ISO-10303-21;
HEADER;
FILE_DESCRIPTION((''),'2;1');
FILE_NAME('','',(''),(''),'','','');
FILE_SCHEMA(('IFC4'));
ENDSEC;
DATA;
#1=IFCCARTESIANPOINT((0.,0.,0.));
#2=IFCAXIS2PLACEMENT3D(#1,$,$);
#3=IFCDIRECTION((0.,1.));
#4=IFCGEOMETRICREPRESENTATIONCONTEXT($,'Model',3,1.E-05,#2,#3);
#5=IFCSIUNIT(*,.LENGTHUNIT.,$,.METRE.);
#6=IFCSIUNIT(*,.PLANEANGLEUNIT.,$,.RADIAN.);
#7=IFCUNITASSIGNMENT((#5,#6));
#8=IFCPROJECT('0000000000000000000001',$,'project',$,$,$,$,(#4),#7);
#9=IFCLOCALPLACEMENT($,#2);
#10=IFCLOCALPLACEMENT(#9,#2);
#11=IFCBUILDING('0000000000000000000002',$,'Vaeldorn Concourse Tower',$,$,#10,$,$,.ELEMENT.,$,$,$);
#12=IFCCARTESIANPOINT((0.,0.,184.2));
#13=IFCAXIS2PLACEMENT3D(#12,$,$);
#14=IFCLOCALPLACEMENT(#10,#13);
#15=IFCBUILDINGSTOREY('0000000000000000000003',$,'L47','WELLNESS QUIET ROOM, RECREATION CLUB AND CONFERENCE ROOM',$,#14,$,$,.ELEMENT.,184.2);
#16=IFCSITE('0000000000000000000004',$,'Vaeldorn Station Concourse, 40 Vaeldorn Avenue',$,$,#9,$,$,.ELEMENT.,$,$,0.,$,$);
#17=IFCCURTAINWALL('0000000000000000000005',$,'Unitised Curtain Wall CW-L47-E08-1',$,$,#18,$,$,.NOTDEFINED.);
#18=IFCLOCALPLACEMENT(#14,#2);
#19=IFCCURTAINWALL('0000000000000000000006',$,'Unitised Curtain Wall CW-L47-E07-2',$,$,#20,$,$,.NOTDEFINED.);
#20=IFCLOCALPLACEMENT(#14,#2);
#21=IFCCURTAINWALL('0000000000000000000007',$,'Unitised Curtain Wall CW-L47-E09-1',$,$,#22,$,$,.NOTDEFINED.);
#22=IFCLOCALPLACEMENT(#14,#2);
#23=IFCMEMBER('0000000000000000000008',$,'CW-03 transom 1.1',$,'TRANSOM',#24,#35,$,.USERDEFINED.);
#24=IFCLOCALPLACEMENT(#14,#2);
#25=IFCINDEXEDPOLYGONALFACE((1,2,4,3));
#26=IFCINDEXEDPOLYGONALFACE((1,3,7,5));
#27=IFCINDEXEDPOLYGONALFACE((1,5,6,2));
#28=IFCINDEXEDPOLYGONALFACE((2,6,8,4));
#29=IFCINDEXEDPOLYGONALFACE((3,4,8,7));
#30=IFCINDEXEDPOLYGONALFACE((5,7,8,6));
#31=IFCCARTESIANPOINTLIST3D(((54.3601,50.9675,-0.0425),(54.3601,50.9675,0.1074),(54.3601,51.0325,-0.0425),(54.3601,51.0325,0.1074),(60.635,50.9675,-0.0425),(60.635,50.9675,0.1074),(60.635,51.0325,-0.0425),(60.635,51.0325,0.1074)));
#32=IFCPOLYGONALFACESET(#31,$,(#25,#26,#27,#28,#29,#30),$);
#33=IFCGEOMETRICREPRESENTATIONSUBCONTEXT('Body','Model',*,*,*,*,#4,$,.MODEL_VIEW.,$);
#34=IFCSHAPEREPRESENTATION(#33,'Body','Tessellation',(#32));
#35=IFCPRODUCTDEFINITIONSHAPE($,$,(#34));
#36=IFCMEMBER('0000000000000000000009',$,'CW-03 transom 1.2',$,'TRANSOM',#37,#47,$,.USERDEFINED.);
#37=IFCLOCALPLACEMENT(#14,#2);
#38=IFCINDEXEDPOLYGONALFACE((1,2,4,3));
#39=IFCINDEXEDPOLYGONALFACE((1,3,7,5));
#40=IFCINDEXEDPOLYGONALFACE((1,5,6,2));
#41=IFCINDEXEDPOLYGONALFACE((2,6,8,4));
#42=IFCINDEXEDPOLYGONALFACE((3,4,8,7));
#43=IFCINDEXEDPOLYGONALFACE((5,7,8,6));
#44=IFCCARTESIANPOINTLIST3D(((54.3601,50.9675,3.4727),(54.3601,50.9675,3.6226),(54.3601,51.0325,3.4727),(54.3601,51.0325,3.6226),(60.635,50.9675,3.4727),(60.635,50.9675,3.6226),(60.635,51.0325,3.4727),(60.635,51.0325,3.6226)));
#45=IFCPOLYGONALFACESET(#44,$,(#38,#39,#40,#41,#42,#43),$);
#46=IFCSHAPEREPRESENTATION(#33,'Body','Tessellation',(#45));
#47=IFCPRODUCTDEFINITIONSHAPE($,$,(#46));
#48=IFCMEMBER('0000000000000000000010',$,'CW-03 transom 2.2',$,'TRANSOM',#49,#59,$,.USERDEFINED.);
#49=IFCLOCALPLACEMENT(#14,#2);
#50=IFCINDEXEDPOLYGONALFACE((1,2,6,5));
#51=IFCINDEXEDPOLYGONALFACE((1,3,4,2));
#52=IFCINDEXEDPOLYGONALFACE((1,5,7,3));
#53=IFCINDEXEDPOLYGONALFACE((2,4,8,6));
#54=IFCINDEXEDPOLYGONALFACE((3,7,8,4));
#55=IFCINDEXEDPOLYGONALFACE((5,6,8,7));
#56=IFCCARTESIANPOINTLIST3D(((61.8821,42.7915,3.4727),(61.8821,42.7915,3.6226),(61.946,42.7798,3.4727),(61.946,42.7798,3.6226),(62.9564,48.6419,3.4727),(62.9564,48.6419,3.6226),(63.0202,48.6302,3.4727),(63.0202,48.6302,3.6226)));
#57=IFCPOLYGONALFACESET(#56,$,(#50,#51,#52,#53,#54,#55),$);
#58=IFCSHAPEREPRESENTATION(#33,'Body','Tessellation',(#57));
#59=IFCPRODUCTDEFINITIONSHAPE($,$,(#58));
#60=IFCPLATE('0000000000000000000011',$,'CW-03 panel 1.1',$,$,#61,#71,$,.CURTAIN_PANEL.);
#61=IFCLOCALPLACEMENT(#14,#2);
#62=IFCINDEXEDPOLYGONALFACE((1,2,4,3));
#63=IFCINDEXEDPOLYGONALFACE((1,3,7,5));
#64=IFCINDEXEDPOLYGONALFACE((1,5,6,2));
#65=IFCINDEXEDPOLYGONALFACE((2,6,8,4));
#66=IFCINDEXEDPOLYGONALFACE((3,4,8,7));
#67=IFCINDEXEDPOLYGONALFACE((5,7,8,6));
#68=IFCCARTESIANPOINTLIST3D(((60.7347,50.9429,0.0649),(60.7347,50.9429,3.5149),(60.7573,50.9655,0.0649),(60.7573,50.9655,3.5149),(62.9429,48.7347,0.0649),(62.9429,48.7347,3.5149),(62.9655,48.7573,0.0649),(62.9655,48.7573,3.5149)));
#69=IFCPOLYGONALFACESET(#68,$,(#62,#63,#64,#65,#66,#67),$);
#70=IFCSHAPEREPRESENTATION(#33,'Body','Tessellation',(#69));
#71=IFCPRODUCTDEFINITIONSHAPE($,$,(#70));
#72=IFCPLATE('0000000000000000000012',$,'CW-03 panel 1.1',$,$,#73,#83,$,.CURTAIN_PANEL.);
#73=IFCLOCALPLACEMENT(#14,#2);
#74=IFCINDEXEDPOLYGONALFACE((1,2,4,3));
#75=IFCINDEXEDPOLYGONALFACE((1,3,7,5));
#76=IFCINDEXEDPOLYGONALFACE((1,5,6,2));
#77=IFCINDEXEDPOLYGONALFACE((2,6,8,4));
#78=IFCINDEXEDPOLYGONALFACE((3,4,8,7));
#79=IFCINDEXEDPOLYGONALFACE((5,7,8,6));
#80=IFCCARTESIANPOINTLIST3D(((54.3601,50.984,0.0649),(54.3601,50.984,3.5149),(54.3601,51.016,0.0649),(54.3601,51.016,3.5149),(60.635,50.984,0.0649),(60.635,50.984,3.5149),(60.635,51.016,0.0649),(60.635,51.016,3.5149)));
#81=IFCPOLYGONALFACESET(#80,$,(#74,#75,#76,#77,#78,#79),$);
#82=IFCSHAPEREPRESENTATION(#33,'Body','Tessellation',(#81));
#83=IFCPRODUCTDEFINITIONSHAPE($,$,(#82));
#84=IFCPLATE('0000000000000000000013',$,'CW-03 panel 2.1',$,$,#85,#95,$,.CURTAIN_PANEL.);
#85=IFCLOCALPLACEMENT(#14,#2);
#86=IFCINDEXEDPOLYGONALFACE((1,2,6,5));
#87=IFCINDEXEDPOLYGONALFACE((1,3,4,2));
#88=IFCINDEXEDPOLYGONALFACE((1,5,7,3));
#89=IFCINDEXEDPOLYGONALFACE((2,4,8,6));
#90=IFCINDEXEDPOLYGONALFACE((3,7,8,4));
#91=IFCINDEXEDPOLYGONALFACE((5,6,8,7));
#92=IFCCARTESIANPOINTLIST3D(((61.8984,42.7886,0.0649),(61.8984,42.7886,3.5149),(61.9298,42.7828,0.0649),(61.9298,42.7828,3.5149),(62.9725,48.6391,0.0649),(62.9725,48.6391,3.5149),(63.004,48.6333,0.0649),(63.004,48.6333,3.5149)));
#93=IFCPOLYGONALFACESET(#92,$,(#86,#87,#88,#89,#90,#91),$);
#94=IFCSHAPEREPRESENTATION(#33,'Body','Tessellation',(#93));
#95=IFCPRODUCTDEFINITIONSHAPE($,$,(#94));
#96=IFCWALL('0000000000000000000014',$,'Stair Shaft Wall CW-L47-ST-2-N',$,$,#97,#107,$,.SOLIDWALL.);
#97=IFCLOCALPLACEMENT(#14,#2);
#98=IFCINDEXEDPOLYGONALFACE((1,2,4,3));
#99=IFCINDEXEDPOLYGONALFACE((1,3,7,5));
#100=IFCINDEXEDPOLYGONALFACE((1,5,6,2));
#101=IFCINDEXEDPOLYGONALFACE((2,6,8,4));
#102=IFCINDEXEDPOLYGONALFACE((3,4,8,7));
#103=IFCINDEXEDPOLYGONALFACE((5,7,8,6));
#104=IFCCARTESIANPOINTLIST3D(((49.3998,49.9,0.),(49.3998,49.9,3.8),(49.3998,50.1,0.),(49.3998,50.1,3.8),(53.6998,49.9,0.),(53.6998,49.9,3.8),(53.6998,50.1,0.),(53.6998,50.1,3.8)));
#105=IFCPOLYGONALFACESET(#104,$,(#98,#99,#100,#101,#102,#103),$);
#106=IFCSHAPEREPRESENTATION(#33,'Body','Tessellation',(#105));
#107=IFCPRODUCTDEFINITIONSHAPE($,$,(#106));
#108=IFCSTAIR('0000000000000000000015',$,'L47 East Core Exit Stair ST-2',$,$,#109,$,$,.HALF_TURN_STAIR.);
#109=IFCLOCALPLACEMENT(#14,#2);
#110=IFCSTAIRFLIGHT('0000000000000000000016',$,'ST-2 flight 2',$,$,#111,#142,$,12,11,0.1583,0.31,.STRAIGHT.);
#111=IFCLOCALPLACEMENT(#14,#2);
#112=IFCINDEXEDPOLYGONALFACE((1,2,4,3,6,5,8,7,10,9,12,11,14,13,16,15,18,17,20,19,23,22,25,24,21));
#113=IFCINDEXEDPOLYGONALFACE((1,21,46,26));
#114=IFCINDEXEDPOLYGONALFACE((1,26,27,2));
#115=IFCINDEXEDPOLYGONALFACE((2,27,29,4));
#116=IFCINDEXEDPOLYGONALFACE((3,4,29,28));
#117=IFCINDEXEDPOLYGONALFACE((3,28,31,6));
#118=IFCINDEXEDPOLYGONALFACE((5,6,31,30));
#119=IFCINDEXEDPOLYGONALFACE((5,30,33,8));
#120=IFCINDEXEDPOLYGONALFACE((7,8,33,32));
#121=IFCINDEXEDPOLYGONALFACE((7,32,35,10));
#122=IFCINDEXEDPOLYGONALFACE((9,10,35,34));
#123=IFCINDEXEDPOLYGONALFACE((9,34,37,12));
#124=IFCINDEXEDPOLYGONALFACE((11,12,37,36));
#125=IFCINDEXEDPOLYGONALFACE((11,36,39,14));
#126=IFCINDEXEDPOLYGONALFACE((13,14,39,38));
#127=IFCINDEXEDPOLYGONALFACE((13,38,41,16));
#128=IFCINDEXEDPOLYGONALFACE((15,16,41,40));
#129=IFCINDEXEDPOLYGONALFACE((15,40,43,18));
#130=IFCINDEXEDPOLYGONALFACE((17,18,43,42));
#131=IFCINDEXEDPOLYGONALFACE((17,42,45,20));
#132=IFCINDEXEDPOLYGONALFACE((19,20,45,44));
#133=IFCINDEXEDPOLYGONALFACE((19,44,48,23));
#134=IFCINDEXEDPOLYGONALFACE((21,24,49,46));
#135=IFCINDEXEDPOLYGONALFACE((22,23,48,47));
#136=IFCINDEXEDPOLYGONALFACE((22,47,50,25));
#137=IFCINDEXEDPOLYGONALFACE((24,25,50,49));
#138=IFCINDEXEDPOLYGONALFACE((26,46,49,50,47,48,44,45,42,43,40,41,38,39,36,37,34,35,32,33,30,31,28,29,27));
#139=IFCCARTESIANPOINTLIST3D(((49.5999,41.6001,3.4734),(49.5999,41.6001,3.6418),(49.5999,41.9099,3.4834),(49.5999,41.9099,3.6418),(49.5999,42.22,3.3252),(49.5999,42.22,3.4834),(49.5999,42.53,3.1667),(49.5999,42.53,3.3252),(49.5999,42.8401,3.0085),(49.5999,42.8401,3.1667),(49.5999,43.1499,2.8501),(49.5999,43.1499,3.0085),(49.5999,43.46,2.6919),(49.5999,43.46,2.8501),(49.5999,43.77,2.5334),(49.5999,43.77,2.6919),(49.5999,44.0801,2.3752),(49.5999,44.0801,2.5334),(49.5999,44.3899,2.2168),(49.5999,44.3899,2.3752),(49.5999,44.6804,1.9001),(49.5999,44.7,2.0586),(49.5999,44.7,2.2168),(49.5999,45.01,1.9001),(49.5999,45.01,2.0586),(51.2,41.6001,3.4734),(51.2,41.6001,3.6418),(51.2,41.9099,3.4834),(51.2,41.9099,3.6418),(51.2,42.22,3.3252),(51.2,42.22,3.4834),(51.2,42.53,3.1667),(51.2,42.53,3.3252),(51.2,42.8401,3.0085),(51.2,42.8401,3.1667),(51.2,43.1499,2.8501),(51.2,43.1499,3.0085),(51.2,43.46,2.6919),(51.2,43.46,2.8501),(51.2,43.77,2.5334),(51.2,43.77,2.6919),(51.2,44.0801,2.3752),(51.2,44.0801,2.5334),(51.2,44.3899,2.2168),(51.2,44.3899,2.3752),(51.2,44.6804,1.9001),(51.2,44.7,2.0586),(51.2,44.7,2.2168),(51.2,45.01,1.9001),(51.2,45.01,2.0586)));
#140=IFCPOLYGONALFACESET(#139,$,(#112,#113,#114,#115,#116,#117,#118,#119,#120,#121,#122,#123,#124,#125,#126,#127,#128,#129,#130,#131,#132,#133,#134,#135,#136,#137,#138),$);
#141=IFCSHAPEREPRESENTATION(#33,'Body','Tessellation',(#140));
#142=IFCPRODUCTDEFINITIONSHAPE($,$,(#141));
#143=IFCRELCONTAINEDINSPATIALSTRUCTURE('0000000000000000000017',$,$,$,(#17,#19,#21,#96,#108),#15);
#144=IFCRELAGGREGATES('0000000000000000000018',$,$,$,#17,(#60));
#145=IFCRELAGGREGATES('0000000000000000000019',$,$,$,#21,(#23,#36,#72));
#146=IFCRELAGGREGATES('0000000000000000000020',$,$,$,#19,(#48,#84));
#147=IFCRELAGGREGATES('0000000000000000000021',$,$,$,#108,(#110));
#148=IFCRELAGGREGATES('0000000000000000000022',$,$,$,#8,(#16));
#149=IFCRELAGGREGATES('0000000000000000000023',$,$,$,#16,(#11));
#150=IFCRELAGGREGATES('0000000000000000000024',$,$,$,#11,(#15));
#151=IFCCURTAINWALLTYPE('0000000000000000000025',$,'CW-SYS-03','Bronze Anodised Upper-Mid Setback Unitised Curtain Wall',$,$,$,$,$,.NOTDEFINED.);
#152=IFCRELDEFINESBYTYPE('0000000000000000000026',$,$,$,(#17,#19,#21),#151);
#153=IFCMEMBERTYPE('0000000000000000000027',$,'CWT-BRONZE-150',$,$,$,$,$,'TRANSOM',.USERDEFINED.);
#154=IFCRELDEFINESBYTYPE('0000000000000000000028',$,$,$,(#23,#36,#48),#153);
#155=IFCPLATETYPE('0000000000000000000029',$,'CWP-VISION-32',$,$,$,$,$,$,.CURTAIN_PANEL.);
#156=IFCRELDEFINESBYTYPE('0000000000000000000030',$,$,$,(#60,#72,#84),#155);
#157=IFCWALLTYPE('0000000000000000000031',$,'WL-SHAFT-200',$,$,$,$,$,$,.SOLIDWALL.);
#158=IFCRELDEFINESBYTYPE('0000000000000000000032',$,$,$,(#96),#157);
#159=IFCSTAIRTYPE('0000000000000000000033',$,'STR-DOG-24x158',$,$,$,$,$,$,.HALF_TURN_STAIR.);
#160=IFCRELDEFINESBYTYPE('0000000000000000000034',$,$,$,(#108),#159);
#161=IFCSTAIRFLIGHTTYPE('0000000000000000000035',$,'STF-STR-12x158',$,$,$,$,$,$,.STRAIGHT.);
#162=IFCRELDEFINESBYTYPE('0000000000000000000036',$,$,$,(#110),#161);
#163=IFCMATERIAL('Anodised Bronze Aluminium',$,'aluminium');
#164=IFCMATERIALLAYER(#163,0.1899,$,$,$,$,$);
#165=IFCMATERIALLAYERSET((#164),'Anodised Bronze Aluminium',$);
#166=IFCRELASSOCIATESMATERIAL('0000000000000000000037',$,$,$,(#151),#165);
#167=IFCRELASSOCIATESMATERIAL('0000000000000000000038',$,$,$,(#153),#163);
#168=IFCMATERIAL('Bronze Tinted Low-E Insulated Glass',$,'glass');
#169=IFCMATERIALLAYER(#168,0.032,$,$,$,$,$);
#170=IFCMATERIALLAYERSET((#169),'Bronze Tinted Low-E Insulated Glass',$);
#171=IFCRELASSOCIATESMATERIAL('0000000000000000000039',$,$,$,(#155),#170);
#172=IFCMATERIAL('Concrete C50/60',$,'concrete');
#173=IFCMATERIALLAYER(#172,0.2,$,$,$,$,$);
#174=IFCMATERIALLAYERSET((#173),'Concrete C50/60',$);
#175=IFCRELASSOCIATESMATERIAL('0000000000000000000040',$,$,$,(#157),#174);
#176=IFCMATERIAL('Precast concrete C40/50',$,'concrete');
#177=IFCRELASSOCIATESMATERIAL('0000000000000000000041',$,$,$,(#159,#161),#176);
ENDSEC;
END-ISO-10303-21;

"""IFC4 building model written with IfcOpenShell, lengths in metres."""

from ifc_helpers import new_model, si_unit, direction, frame, frame_2d, origin, origin_2d, place, context, subcontext, project, spatial, polyline, rectangle, outline, extrude, source, transform, mapped, material, layer, layer_set, material_profile, profile_set, type_object, element, aggregate, save


model = new_model("IFC4")

# Units and contexts
model_context = context("Model", 3, precision=1e-05, world=origin(), true_north=direction((0.0, 1.0)))
body_context = subcontext(model_context, "Body", "Model", "MODEL_VIEW")
ifc_project = project(units=[si_unit("LENGTHUNIT", "METRE"), si_unit("PLANEANGLEUNIT", "RADIAN")], contexts=[model_context])

# Site, building, storey
site_placement = place(None, origin())
site = spatial("IfcSite", under=ifc_project, at=site_placement, Name="Vaeldorn Station Concourse, 40 Vaeldorn Avenue", CompositionType="ELEMENT", RefElevation=0.0)
building_placement = place(site_placement, origin())
building = spatial("IfcBuilding", under=site, at=building_placement, Name="Vaeldorn Concourse Tower", CompositionType="ELEMENT")
storey_placement = place(building_placement, frame((0.0, 0.0, 184.2)))
storey = spatial("IfcBuildingStorey", under=building, at=storey_placement, Name="L47", Description="WELLNESS QUIET ROOM, RECREATION CLUB AND CONFERENCE ROOM", CompositionType="ELEMENT", Elevation=184.2)

# Curtain wall
ifc_material_1 = material(Name="Anodised Bronze Aluminium", Category="aluminium")
ifc_layer_1 = layer(ifc_material_1, 0.1899)
ifc_layer_set_1 = layer_set([ifc_layer_1], Name="Anodised Bronze Aluminium")
curtain_wall_type = type_object("IfcCurtainWallType", Name="CW-SYS-03", Description="Bronze Anodised Upper-Mid Setback Unitised Curtain Wall", PredefinedType="NOTDEFINED", material=ifc_layer_set_1)
curtain_wall_1_placement = place(storey_placement, origin())
curtain_wall_1 = element("IfcCurtainWall", 1, at=curtain_wall_1_placement, inside=storey, type_object=curtain_wall_type, Name="Unitised Curtain Wall CW-L47-E08-1", PredefinedType="NOTDEFINED")
ifc_material_profile_1 = material_profile(ifc_material_1, rectangle(XDim=0.0649, YDim=0.1499, at=origin_2d()), Name="CWT 65x150")
ifc_profile_set_1 = profile_set([ifc_material_profile_1], Name="Anodised Bronze Aluminium")
member_type_1 = type_object("IfcMemberType", Name="CWT-BRONZE-150", ElementType="TRANSOM", PredefinedType="USERDEFINED", material=ifc_profile_set_1)

# Curtain wall
curtain_wall_2_placement = place(storey_placement, origin())
curtain_wall_2 = element("IfcCurtainWall", 2, at=curtain_wall_2_placement, inside=storey, type_object=curtain_wall_type, Name="Unitised Curtain Wall CW-L47-E07-2", PredefinedType="NOTDEFINED")

# Curtain wall, members
curtain_wall_3_placement = place(storey_placement, origin())
curtain_wall_3 = element("IfcCurtainWall", 3, at=curtain_wall_3_placement, inside=storey, type_object=curtain_wall_type, Name="Unitised Curtain Wall CW-L47-E09-1", PredefinedType="NOTDEFINED")
shared_shape_1 = source(origin(), body_context, "Body", "SweptSolid", [
    extrude(rectangle(XDim=0.0649, YDim=0.1499, at=origin_2d()), origin(), (0.0, 0.0, 1.0), 6.2749),
])
member_1_placement = place(storey_placement, frame((60.635, 51.0, 0.0325), z_axis=(-1.0, 0.0, 0.0), x_axis=(0.0, -1.0, 0.0)))
member_1 = element("IfcMember", 4, at=member_1_placement, type_object=member_type_1, Name="CW-03 transom 1.1", ObjectType="TRANSOM", PredefinedType="USERDEFINED", context=body_context, shape_type="MappedRepresentation", body=[
    mapped(shared_shape_1, transform((0.0, 0.0, 0.0), scale=1.0)),
])
member_2_placement = place(storey_placement, frame((60.635, 51.0, 3.5476), z_axis=(-1.0, 0.0, 0.0), x_axis=(0.0, -1.0, 0.0)))
member_2 = element("IfcMember", 5, at=member_2_placement, type_object=member_type_1, Name="CW-03 transom 1.2", ObjectType="TRANSOM", PredefinedType="USERDEFINED", context=body_context, shape_type="MappedRepresentation", body=[
    mapped(shared_shape_1, transform((0.0, 0.0, 0.0), scale=1.0)),
])

# Member
shared_shape_2 = source(origin(), body_context, "Body", "SweptSolid", [
    extrude(rectangle(XDim=0.0649, YDim=0.1499, at=origin_2d()), origin(), (0.0, 0.0, 1.0), 5.9482),
])
member_3_placement = place(storey_placement, frame((61.9141, 42.7856, 3.5476), z_axis=(0.180597, 0.983557, 0.0), x_axis=(-0.983557, 0.180597, 0.0)))
member_3 = element("IfcMember", 6, at=member_3_placement, type_object=member_type_1, Name="CW-03 transom 2.2", ObjectType="TRANSOM", PredefinedType="USERDEFINED", context=body_context, shape_type="MappedRepresentation", body=[
    mapped(shared_shape_2, transform((0.0, 0.0, 0.0), scale=1.0)),
])

# Plates
ifc_material_2 = material(Name="Bronze Tinted Low-E Insulated Glass", Category="glass")
ifc_layer_2 = layer(ifc_material_2, 0.032)
ifc_layer_set_2 = layer_set([ifc_layer_2], Name="Bronze Tinted Low-E Insulated Glass")
plate_type = type_object("IfcPlateType", Name="CWP-VISION-32", PredefinedType="CURTAIN_PANEL", material=ifc_layer_set_2)
shared_shape_3 = source(origin(), body_context, "Body", "SweptSolid", [
    extrude(rectangle(XDim=3.1228, YDim=0.032, at=origin_2d()), origin(), (0.0, 0.0, 1.0), 3.45),
])
plate_1_placement = place(storey_placement, frame((61.8501, 49.8501, 0.0649), z_axis=(0.0, 0.0, 1.0), x_axis=(-0.707107, 0.707107, 0.0)))
plate_1 = element("IfcPlate", 7, at=plate_1_placement, type_object=plate_type, Name="CW-03 panel 1.1", PredefinedType="CURTAIN_PANEL", context=body_context, shape_type="MappedRepresentation", body=[
    mapped(shared_shape_3, transform((0.0, 0.0, 0.0), scale=1.0)),
])
aggregate(curtain_wall_1, [plate_1])
shared_shape_4 = source(origin(), body_context, "Body", "SweptSolid", [
    extrude(rectangle(XDim=6.2749, YDim=0.032, at=origin_2d()), origin(), (0.0, 0.0, 1.0), 3.45),
])
plate_2_placement = place(storey_placement, frame((57.4976, 51.0, 0.0649), z_axis=(0.0, 0.0, 1.0), x_axis=(-1.0, 0.0, 0.0)))
plate_2 = element("IfcPlate", 8, at=plate_2_placement, type_object=plate_type, Name="CW-03 panel 1.1", PredefinedType="CURTAIN_PANEL", context=body_context, shape_type="MappedRepresentation", body=[
    mapped(shared_shape_4, transform((0.0, 0.0, 0.0), scale=1.0)),
])
aggregate(curtain_wall_3, [member_1, member_2, plate_2])
shared_shape_5 = source(origin(), body_context, "Body", "SweptSolid", [
    extrude(rectangle(XDim=5.9482, YDim=0.032, at=origin_2d()), origin(), (0.0, 0.0, 1.0), 3.45),
])
plate_3_placement = place(storey_placement, frame((62.4512, 45.7109, 0.0649), z_axis=(0.0, 0.0, 1.0), x_axis=(0.180585, 0.983559, 0.0)))
plate_3 = element("IfcPlate", 9, at=plate_3_placement, type_object=plate_type, Name="CW-03 panel 2.1", PredefinedType="CURTAIN_PANEL", context=body_context, shape_type="MappedRepresentation", body=[
    mapped(shared_shape_5, transform((0.0, 0.0, 0.0), scale=1.0)),
])
aggregate(curtain_wall_2, [member_3, plate_3])

# Wall
ifc_material_3 = material(Name="Concrete C50/60", Category="concrete")
ifc_layer_3 = layer(ifc_material_3, 0.2)
ifc_layer_set_3 = layer_set([ifc_layer_3], Name="Concrete C50/60")
wall_type = type_object("IfcWallType", Name="WL-SHAFT-200", PredefinedType="SOLIDWALL", material=ifc_layer_set_3)
wall_placement = place(storey_placement, frame((49.3999, 50.0, 0.0), z_axis=(0.0, 0.0, 1.0), x_axis=(1.0, 0.0, 0.0)))
element("IfcWall", 10, at=wall_placement, inside=storey, type_object=wall_type, Name="Stair Shaft Wall CW-L47-ST-2-N", PredefinedType="SOLIDWALL", context=body_context, shape_type="SweptSolid", body=[
    extrude(rectangle(XDim=4.3, YDim=0.2, at=frame_2d((2.1499, 0.0))), origin(), (0.0, 0.0, 1.0), 3.8),
])

# Stair, stair flight
ifc_material_4 = material(Name="Precast concrete C40/50", Category="concrete")
stair_type = type_object("IfcStairType", Name="STR-DOG-24x158", PredefinedType="HALF_TURN_STAIR", material=ifc_material_4)
stair_placement = place(storey_placement, origin())
stair = element("IfcStair", 11, at=stair_placement, inside=storey, type_object=stair_type, Name="L47 East Core Exit Stair ST-2", PredefinedType="HALF_TURN_STAIR")
stair_flight_type = type_object("IfcStairFlightType", Name="STF-STR-12x158", PredefinedType="STRAIGHT", material=ifc_material_4)
stair_flight_placement = place(storey_placement, frame((50.3999, 45.01, 1.9001), z_axis=(0.0, 0.0, 1.0), x_axis=(0.0, -1.0, 0.0)))
stair_flight = element("IfcStairFlight", 12, at=stair_flight_placement, type_object=stair_flight_type, Name="ST-2 flight 2", NumberOfRisers=12, NumberOfTreads=11, PredefinedType="STRAIGHT", RiserHeight=0.1583, TreadLength=0.31, context=body_context, shape_type="SweptSolid", body=[
    extrude(outline(polyline([(0.0, 0.0), (0.0, 0.1584), (0.3101, 0.1584), (0.3101, 0.3167), (0.6201, 0.3167), (0.6201, 0.4751), (0.9299, 0.4751), (0.9299, 0.6333), (1.24, 0.6333), (1.24, 0.7917), (1.55, 0.7917), (1.55, 0.95), (1.8601, 0.95), (1.8601, 1.1084), (2.1699, 1.1084), (2.1699, 1.2666), (2.48, 1.2666), (2.48, 1.425), (2.79, 1.425), (2.79, 1.5833), (3.1001, 1.5833), (3.1001, 1.7417), (3.4099, 1.7417), (3.4099, 1.8999), (3.4099, 1.5732), (0.3296, 0.0), (0.0, 0.0)])), frame((0.0, 0.8, 0.0), z_axis=(0.0, -1.0, 0.0), x_axis=(1.0, 0.0, 0.0)), (0.0, 0.0, 1.0), 1.6001),
])
aggregate(stair, [stair_flight])

save(model, "model.ifc")
